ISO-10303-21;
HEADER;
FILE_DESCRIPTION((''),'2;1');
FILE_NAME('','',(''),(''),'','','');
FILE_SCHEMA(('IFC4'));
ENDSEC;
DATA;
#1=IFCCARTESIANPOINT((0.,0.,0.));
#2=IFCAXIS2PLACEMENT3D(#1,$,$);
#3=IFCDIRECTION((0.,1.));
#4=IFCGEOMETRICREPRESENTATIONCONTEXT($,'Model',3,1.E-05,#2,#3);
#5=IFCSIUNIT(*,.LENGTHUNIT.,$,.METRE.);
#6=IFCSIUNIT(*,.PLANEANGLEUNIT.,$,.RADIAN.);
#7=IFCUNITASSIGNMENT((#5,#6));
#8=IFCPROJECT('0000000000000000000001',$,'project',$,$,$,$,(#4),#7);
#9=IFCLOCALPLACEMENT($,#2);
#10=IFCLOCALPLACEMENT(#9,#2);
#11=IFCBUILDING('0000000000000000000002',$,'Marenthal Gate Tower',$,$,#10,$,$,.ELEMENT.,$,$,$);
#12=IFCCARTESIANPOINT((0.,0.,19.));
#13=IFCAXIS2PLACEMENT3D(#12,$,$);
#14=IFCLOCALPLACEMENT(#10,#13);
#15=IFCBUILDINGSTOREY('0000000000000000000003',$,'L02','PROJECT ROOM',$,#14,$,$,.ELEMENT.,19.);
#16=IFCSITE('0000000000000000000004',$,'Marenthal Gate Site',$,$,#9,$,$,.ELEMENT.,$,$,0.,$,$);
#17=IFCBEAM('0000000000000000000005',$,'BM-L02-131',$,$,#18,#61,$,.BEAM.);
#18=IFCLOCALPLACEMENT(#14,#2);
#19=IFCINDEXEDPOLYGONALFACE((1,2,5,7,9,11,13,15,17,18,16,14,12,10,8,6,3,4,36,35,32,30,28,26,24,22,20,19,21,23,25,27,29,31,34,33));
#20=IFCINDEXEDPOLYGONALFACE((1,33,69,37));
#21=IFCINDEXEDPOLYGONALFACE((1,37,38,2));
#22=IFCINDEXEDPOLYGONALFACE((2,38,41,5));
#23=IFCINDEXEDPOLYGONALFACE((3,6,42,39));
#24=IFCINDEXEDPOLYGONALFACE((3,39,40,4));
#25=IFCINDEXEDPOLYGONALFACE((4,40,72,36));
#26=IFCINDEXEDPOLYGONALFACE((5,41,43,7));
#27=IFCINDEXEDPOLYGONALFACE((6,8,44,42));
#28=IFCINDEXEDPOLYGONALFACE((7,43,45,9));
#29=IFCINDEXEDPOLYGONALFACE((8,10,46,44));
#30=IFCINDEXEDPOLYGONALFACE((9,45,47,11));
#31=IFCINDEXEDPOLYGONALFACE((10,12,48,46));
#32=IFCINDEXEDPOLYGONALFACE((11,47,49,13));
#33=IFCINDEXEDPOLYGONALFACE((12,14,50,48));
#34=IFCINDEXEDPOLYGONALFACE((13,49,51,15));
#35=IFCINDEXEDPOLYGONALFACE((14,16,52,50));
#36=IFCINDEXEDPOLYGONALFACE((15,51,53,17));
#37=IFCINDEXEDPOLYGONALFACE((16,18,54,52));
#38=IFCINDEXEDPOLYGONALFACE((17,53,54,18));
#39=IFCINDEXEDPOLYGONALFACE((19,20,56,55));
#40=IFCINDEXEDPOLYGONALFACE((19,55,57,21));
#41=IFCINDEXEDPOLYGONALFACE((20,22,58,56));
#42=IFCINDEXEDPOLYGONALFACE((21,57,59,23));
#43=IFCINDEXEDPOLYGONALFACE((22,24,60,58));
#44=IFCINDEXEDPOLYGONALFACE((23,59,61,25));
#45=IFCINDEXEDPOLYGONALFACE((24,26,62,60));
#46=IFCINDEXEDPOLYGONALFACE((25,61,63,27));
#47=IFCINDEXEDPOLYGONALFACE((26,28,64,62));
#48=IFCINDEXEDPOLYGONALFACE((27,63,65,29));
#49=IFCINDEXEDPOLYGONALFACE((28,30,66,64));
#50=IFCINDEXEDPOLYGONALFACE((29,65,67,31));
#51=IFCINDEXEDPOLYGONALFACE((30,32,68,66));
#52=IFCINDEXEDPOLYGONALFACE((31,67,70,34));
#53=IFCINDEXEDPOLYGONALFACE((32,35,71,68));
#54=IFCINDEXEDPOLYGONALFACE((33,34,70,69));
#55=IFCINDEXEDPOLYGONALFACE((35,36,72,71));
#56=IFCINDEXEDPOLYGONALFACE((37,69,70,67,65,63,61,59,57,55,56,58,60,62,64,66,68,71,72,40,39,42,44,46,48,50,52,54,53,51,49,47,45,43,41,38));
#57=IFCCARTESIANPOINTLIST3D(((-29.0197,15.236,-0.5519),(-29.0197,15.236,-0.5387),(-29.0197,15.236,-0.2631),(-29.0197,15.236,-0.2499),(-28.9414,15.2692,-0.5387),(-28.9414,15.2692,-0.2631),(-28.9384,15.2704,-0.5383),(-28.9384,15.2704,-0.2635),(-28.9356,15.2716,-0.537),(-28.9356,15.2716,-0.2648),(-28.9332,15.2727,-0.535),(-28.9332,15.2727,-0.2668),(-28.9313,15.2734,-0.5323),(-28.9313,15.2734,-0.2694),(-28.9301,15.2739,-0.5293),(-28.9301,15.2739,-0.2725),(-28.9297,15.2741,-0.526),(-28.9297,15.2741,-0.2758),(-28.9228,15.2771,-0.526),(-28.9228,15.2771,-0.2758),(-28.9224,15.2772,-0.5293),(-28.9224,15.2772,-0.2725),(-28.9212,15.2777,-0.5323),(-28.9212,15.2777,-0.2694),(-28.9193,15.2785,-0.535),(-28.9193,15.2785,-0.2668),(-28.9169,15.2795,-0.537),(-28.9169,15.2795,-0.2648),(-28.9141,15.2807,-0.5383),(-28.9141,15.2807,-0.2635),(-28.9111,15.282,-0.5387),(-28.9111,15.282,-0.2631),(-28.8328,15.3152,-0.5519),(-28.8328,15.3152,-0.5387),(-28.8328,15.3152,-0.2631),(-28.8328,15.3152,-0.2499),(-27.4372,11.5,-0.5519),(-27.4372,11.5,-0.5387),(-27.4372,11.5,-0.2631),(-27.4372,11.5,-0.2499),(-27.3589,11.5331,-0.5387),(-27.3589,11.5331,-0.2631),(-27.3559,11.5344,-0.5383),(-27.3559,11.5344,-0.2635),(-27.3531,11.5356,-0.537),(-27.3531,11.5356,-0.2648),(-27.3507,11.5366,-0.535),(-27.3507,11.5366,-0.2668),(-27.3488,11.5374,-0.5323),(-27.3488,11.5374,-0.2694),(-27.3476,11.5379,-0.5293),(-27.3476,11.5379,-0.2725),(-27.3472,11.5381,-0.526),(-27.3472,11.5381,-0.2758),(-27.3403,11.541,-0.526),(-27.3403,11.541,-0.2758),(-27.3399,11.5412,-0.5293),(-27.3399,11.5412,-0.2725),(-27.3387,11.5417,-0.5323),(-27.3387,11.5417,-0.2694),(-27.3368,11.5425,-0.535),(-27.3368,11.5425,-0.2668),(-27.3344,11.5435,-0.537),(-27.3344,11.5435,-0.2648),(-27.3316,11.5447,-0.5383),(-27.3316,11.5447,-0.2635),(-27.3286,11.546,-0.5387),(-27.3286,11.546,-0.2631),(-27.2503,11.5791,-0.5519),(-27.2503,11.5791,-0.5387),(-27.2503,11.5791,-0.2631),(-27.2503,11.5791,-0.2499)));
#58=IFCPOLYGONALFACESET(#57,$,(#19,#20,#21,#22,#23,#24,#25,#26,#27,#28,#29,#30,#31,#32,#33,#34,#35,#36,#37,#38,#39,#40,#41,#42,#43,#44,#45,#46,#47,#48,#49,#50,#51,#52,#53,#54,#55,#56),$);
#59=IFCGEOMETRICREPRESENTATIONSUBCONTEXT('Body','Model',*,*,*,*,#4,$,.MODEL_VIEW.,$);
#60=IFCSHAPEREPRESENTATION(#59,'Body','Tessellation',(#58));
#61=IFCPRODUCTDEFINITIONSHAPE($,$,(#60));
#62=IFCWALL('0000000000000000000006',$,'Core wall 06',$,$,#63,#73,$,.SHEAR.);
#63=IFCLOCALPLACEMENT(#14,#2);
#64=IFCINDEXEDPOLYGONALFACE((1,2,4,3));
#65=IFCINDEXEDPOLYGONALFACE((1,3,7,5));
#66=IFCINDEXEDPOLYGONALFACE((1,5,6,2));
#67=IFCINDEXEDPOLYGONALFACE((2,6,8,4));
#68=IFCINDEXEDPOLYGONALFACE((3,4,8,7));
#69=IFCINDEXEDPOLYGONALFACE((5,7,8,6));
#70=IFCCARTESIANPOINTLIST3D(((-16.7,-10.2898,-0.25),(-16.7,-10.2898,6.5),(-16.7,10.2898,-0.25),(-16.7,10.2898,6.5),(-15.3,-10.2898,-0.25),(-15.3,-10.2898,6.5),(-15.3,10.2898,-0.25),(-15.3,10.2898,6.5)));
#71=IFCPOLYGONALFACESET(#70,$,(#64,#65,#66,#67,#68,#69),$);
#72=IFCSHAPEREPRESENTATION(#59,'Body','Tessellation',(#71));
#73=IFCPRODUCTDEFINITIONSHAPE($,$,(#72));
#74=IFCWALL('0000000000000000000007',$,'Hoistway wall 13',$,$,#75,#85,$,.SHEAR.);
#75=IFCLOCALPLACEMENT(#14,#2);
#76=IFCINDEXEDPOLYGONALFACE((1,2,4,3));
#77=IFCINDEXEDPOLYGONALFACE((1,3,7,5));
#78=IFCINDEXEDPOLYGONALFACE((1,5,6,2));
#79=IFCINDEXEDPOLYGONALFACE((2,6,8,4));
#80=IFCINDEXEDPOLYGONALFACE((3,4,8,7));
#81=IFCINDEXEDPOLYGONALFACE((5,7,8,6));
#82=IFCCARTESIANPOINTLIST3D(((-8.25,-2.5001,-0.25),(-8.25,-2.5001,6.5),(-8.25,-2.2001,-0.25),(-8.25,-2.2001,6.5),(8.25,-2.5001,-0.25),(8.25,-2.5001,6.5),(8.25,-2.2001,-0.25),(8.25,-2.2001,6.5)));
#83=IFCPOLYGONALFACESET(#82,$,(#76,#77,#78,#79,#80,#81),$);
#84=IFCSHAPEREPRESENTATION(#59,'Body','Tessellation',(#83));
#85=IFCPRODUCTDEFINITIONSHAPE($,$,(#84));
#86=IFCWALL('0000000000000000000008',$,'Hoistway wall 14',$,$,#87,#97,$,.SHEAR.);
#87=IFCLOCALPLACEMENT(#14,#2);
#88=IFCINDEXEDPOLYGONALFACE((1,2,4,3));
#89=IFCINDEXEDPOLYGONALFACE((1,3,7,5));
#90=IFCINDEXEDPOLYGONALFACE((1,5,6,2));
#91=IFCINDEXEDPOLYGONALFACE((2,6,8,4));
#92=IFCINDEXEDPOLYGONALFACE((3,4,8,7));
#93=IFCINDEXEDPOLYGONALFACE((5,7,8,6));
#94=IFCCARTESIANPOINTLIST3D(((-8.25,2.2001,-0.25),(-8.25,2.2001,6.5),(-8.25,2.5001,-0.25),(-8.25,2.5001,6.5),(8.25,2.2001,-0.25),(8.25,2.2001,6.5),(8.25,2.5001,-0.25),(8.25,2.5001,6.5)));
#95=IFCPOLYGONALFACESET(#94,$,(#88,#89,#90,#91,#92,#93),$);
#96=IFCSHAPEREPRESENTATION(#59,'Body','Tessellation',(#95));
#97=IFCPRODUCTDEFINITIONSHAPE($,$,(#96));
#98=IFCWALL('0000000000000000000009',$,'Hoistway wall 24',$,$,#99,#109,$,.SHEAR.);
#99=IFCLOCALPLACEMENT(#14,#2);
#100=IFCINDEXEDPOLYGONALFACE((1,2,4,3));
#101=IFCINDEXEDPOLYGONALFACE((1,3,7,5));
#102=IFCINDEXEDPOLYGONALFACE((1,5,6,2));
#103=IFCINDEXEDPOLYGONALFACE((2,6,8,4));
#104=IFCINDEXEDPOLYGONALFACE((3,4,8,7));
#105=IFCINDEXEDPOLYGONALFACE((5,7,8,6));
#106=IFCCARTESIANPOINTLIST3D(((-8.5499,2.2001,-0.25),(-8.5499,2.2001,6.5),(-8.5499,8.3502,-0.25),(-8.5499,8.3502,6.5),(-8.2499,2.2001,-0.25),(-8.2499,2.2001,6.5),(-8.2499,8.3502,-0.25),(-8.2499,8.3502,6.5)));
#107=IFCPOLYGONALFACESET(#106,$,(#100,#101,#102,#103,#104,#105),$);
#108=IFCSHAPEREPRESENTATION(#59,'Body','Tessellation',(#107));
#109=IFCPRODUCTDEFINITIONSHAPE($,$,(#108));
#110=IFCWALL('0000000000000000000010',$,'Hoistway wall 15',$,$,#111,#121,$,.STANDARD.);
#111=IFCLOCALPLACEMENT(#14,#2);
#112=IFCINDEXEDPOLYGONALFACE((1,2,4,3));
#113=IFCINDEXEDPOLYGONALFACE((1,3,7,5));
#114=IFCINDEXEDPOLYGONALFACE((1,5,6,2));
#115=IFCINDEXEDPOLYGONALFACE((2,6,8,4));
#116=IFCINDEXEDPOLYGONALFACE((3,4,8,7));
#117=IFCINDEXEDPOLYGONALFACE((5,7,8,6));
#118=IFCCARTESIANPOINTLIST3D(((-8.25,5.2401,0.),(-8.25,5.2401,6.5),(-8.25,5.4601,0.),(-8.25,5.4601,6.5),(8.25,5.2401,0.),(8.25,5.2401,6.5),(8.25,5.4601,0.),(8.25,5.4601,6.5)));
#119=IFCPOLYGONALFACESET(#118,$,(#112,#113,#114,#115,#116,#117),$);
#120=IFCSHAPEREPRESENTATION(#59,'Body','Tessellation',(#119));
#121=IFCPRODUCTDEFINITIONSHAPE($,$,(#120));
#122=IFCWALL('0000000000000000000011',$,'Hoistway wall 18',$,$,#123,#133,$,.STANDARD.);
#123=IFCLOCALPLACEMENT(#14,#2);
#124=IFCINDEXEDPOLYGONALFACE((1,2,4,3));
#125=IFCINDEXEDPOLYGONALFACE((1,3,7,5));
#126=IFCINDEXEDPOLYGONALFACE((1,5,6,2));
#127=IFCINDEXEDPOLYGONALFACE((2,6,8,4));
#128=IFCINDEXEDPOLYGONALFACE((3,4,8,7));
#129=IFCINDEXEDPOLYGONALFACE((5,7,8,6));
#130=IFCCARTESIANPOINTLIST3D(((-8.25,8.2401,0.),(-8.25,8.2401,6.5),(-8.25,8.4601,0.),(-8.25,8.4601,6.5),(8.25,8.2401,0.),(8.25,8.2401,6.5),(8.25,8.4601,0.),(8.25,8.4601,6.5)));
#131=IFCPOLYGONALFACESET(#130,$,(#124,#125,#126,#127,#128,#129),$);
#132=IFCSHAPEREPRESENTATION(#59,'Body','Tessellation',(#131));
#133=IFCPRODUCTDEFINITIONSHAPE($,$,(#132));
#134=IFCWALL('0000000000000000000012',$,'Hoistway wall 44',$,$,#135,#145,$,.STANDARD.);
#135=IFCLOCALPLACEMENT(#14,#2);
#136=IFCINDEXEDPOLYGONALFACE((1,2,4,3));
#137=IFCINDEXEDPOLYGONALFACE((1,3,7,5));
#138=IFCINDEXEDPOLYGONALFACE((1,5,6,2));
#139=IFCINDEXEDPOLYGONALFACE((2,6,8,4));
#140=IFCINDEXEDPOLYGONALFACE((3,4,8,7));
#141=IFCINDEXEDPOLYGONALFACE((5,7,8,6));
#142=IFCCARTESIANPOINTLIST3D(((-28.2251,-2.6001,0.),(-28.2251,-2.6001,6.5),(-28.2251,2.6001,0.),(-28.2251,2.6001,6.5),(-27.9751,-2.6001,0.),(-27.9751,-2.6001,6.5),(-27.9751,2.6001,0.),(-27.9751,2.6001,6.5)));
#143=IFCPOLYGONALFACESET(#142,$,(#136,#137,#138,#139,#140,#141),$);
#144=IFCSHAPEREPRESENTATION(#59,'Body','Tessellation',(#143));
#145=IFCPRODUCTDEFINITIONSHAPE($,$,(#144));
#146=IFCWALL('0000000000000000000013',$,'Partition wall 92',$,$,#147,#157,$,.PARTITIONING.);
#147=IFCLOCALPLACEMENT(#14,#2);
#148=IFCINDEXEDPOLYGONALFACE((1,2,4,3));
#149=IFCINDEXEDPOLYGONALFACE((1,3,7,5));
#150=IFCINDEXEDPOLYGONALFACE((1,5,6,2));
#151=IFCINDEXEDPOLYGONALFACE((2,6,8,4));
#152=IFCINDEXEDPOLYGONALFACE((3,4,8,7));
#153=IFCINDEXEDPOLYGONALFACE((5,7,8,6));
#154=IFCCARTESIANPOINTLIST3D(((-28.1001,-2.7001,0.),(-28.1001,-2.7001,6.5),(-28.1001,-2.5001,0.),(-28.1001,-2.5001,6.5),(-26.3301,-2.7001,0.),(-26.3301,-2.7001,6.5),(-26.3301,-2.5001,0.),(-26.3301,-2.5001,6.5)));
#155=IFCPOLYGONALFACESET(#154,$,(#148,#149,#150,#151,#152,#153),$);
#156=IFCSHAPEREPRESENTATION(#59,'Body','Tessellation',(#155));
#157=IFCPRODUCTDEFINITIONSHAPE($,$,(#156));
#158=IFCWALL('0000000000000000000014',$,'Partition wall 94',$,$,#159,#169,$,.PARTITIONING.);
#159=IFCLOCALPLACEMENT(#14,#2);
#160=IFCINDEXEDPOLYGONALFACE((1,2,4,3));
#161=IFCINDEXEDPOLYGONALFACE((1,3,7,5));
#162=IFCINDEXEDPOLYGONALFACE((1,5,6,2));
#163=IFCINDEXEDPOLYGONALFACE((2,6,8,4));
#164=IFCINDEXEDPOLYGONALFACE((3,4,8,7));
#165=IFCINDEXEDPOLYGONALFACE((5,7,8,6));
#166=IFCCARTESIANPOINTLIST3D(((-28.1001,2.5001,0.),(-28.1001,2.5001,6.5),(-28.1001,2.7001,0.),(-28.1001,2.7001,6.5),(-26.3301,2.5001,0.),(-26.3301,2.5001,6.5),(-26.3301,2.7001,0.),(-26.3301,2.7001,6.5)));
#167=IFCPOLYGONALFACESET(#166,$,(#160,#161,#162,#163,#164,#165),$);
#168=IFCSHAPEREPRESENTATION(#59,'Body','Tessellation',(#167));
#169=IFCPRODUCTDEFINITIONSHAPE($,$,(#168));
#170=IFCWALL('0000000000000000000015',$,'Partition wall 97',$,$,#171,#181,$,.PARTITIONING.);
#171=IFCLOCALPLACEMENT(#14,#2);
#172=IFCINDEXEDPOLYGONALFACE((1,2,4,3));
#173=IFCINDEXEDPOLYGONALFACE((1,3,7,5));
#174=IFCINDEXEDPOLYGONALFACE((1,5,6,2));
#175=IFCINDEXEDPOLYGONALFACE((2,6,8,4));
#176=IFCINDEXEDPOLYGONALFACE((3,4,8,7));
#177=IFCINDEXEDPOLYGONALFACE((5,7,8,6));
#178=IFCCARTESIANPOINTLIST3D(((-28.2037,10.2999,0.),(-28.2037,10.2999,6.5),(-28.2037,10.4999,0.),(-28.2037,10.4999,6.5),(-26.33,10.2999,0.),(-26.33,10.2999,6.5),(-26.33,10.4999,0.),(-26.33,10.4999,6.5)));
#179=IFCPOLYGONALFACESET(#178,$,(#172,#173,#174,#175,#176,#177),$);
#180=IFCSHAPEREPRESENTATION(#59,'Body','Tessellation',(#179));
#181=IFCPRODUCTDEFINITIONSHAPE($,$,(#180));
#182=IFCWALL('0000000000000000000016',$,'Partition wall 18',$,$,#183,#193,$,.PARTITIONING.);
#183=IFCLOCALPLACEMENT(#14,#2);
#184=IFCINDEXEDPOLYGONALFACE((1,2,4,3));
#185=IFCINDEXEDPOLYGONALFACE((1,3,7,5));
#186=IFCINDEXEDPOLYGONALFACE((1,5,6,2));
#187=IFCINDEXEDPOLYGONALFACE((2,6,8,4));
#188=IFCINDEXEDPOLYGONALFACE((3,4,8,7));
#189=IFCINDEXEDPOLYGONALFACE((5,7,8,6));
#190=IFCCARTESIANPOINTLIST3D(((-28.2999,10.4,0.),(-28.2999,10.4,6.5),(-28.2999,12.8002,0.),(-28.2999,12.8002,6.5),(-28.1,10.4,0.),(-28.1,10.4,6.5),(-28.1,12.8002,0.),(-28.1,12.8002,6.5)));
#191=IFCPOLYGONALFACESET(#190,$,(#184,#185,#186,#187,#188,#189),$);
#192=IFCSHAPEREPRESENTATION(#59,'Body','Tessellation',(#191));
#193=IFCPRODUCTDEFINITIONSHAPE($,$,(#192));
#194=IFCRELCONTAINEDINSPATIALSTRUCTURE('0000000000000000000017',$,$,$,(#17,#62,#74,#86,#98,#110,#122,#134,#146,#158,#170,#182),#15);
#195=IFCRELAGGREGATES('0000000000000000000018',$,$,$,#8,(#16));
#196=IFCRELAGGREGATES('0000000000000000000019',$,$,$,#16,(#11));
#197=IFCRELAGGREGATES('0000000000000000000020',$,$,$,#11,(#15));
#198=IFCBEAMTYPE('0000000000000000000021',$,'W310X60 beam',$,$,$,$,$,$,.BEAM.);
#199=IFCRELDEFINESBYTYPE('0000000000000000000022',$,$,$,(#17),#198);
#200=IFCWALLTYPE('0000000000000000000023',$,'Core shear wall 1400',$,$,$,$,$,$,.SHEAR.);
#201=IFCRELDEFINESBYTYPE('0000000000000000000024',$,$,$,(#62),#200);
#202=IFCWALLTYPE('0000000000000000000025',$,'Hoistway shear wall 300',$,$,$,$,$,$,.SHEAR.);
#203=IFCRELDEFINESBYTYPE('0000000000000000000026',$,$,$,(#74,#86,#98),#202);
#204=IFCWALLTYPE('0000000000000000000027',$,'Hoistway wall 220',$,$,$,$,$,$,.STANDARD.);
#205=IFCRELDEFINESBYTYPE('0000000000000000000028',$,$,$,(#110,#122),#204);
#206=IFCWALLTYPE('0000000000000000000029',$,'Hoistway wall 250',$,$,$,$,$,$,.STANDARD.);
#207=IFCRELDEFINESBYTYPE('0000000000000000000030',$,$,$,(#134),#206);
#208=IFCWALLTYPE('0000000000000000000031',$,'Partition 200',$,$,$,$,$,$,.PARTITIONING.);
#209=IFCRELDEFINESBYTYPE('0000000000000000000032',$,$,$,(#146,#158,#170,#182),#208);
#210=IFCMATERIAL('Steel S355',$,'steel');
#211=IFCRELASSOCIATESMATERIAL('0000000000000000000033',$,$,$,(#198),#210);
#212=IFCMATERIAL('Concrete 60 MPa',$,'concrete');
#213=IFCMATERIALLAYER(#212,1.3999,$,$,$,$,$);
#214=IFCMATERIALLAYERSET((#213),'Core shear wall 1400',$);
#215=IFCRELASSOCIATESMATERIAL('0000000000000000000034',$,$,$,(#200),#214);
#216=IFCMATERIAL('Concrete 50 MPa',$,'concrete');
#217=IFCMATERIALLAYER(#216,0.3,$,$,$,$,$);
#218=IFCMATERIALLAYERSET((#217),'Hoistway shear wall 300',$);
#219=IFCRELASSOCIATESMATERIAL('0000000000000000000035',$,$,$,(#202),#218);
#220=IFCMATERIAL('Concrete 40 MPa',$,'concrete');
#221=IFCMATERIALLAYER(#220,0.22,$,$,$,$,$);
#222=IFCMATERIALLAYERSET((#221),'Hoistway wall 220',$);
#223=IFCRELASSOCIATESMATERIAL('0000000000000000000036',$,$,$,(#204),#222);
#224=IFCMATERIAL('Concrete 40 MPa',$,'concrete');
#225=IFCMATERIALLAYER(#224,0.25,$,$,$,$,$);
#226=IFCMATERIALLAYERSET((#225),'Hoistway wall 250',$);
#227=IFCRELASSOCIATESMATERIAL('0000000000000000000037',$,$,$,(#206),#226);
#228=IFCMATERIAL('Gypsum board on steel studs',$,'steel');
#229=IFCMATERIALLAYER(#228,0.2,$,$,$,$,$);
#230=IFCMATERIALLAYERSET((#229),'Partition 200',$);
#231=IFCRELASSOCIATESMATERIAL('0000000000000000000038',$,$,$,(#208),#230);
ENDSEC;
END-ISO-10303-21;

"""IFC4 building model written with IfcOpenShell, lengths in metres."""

from ifc_helpers import new_model, si_unit, direction, frame, frame_2d, origin, origin_2d, place, context, subcontext, project, spatial, rectangle, i_section, extrude, material, layer, layer_set, material_profile, profile_set, type_object, element, save


model = new_model("IFC4")

# Units and contexts
model_context = context("Model", 3, precision=1e-05, world=origin(), true_north=direction((0.0, 1.0)))
body_context = subcontext(model_context, "Body", "Model", "MODEL_VIEW")
ifc_project = project(units=[si_unit("LENGTHUNIT", "METRE"), si_unit("PLANEANGLEUNIT", "RADIAN")], contexts=[model_context])

# Site, building, storey
site_placement = place(None, origin())
site = spatial("IfcSite", under=ifc_project, at=site_placement, Name="Marenthal Gate Site", CompositionType="ELEMENT", RefElevation=0.0)
building_placement = place(site_placement, origin())
building = spatial("IfcBuilding", under=site, at=building_placement, Name="Marenthal Gate Tower", CompositionType="ELEMENT")
storey_placement = place(building_placement, frame((0.0, 0.0, 19.0)))
storey = spatial("IfcBuildingStorey", under=building, at=storey_placement, Name="L02", Description="PROJECT ROOM", CompositionType="ELEMENT", Elevation=19.0)

# Beam
ifc_material_1 = material(Name="Steel S355", Category="steel")
ifc_material_profile_1 = material_profile(ifc_material_1, i_section(OverallWidth=0.2029, OverallDepth=0.302, WebThickness=0.0076, FlangeThickness=0.0132, FilletRadius=0.0127, at=origin_2d()), Name="W310X60")
ifc_profile_set_1 = profile_set([ifc_material_profile_1], Name="Steel S355")
beam_type_1 = type_object("IfcBeamType", Name="W310X60 beam", PredefinedType="BEAM", material=ifc_profile_set_1)
beam_1_placement = place(storey_placement, frame((-27.3438, 11.5396, -0.4009), z_axis=(-0.390031, 0.920802, 0.0), x_axis=(-0.920802, -0.390031, 0.0)))
element("IfcBeam", 1, at=beam_1_placement, inside=storey, type_object=beam_type_1, Name="BM-L02-131", PredefinedType="BEAM", context=body_context, shape_type="SweptSolid", body=[
    extrude(i_section(OverallWidth=0.2029, OverallDepth=0.302, WebThickness=0.0076, FlangeThickness=0.0132, FilletRadius=0.0127, at=origin_2d()), origin(), (0.0, 0.0, 1.0), 4.0574),
])

# Walls
ifc_material_2 = material(Name="Concrete 60 MPa", Category="concrete")
ifc_layer_1 = layer(ifc_material_2, 1.3999)
ifc_layer_set_1 = layer_set([ifc_layer_1], Name="Core shear wall 1400")
wall_type_1 = type_object("IfcWallType", Name="Core shear wall 1400", PredefinedType="SHEAR", material=ifc_layer_set_1)
wall_1_placement = place(storey_placement, frame((-16.0, 10.2898, -0.25), z_axis=(0.0, 0.0, 1.0), x_axis=(0.0, -1.0, 0.0)))
element("IfcWall", 2, at=wall_1_placement, inside=storey, type_object=wall_type_1, Name="Core wall 06", PredefinedType="SHEAR", context=body_context, shape_type="SweptSolid", body=[
    extrude(rectangle(XDim=20.5796, YDim=1.3999, at=frame_2d((10.2898, 0.0))), origin(), (0.0, 0.0, 1.0), 6.75),
])
ifc_material_3 = material(Name="Concrete 50 MPa", Category="concrete")
ifc_layer_2 = layer(ifc_material_3, 0.3)
ifc_layer_set_2 = layer_set([ifc_layer_2], Name="Hoistway shear wall 300")
wall_type_2 = type_object("IfcWallType", Name="Hoistway shear wall 300", PredefinedType="SHEAR", material=ifc_layer_set_2)
for number, where, z_axis, x_axis, name in (
    (3, (-8.25, -2.3501, -0.25), (0.0, 0.0, 1.0), (1.0, 0.0, 0.0), "Hoistway wall 13"),
    (4, (-8.25, 2.3501, -0.25), (0.0, 0.0, 1.0), (1.0, 0.0, 0.0), "Hoistway wall 14"),
):
    element("IfcWall", number, at=place(storey_placement, frame(where, z_axis=z_axis, x_axis=x_axis)), inside=storey, type_object=wall_type_2, Name=name, PredefinedType="SHEAR", context=body_context, shape_type="SweptSolid", body=[
        extrude(rectangle(XDim=16.5, YDim=0.3, at=frame_2d((8.25, 0.0))), origin(), (0.0, 0.0, 1.0), 6.75),
    ])
wall_2_placement = place(storey_placement, frame((-8.3999, 2.2, -0.25), z_axis=(0.0, 0.0, 1.0), x_axis=(0.0, 1.0, 0.0)))
element("IfcWall", 5, at=wall_2_placement, inside=storey, type_object=wall_type_2, Name="Hoistway wall 24", PredefinedType="SHEAR", context=body_context, shape_type="SweptSolid", body=[
    extrude(rectangle(XDim=6.1501, YDim=0.3, at=frame_2d((3.0752, 0.0))), origin(), (0.0, 0.0, 1.0), 6.75),
])
ifc_material_4 = material(Name="Concrete 40 MPa", Category="concrete")
ifc_layer_3 = layer(ifc_material_4, 0.22)
ifc_layer_set_3 = layer_set([ifc_layer_3], Name="Hoistway wall 220")
wall_type_3 = type_object("IfcWallType", Name="Hoistway wall 220", PredefinedType="STANDARD", material=ifc_layer_set_3)
for number, where, z_axis, x_axis, name in (
    (6, (-8.25, 5.3501, 0.0), (0.0, 0.0, 1.0), (1.0, 0.0, 0.0), "Hoistway wall 15"),
    (7, (-8.25, 8.3501, 0.0), (0.0, 0.0, 1.0), (1.0, 0.0, 0.0), "Hoistway wall 18"),
):
    element("IfcWall", number, at=place(storey_placement, frame(where, z_axis=z_axis, x_axis=x_axis)), inside=storey, type_object=wall_type_3, Name=name, PredefinedType="STANDARD", context=body_context, shape_type="SweptSolid", body=[
        extrude(rectangle(XDim=16.5, YDim=0.22, at=frame_2d((8.25, 0.0))), origin(), (0.0, 0.0, 1.0), 6.5),
    ])
ifc_material_5 = material(Name="Concrete 40 MPa", Category="concrete")
ifc_layer_4 = layer(ifc_material_5, 0.25)
ifc_layer_set_4 = layer_set([ifc_layer_4], Name="Hoistway wall 250")
wall_type_4 = type_object("IfcWallType", Name="Hoistway wall 250", PredefinedType="STANDARD", material=ifc_layer_set_4)
wall_3_placement = place(storey_placement, frame((-28.1001, -2.6001, 0.0), z_axis=(0.0, 0.0, 1.0), x_axis=(0.0, 1.0, 0.0)))
element("IfcWall", 8, at=wall_3_placement, inside=storey, type_object=wall_type_4, Name="Hoistway wall 44", PredefinedType="STANDARD", context=body_context, shape_type="SweptSolid", body=[
    extrude(rectangle(XDim=5.2002, YDim=0.25, at=frame_2d((2.6001, 0.0))), origin(), (0.0, 0.0, 1.0), 6.5),
])
ifc_material_6 = material(Name="Gypsum board on steel studs", Category="steel")
ifc_layer_5 = layer(ifc_material_6, 0.2)
ifc_layer_set_5 = layer_set([ifc_layer_5], Name="Partition 200")
wall_type_5 = type_object("IfcWallType", Name="Partition 200", PredefinedType="PARTITIONING", material=ifc_layer_set_5)
for number, where, z_axis, x_axis, name in (
    (9, (-28.1001, -2.6001, 0.0), (0.0, 0.0, 1.0), (1.0, 0.0, 0.0), "Partition wall 92"),
    (10, (-28.1001, 2.6001, 0.0), (0.0, 0.0, 1.0), (1.0, 0.0, 0.0), "Partition wall 94"),
):
    element("IfcWall", number, at=place(storey_placement, frame(where, z_axis=z_axis, x_axis=x_axis)), inside=storey, type_object=wall_type_5, Name=name, PredefinedType="PARTITIONING", context=body_context, shape_type="SweptSolid", body=[
        extrude(rectangle(XDim=1.77, YDim=0.2, at=frame_2d((0.885, 0.0))), origin(), (0.0, 0.0, 1.0), 6.5),
    ])
wall_4_placement = place(storey_placement, frame((-28.2039, 10.3999, 0.0), z_axis=(0.0, 0.0, 1.0), x_axis=(1.0, 0.0, 0.0)))
element("IfcWall", 11, at=wall_4_placement, inside=storey, type_object=wall_type_5, Name="Partition wall 97", PredefinedType="PARTITIONING", context=body_context, shape_type="SweptSolid", body=[
    extrude(rectangle(XDim=1.8738, YDim=0.2, at=frame_2d((0.937, 0.0))), origin(), (0.0, 0.0, 1.0), 6.5),
])
wall_5_placement = place(storey_placement, frame((-28.2, 10.3999, 0.0), z_axis=(0.0, 0.0, 1.0), x_axis=(0.0, 1.0, 0.0)))
element("IfcWall", 12, at=wall_5_placement, inside=storey, type_object=wall_type_5, Name="Partition wall 18", PredefinedType="PARTITIONING", context=body_context, shape_type="SweptSolid", body=[
    extrude(rectangle(XDim=2.4001, YDim=0.2, at=frame_2d((1.2002, 0.0))), origin(), (0.0, 0.0, 1.0), 6.5),
])

save(model, "model.ifc")
